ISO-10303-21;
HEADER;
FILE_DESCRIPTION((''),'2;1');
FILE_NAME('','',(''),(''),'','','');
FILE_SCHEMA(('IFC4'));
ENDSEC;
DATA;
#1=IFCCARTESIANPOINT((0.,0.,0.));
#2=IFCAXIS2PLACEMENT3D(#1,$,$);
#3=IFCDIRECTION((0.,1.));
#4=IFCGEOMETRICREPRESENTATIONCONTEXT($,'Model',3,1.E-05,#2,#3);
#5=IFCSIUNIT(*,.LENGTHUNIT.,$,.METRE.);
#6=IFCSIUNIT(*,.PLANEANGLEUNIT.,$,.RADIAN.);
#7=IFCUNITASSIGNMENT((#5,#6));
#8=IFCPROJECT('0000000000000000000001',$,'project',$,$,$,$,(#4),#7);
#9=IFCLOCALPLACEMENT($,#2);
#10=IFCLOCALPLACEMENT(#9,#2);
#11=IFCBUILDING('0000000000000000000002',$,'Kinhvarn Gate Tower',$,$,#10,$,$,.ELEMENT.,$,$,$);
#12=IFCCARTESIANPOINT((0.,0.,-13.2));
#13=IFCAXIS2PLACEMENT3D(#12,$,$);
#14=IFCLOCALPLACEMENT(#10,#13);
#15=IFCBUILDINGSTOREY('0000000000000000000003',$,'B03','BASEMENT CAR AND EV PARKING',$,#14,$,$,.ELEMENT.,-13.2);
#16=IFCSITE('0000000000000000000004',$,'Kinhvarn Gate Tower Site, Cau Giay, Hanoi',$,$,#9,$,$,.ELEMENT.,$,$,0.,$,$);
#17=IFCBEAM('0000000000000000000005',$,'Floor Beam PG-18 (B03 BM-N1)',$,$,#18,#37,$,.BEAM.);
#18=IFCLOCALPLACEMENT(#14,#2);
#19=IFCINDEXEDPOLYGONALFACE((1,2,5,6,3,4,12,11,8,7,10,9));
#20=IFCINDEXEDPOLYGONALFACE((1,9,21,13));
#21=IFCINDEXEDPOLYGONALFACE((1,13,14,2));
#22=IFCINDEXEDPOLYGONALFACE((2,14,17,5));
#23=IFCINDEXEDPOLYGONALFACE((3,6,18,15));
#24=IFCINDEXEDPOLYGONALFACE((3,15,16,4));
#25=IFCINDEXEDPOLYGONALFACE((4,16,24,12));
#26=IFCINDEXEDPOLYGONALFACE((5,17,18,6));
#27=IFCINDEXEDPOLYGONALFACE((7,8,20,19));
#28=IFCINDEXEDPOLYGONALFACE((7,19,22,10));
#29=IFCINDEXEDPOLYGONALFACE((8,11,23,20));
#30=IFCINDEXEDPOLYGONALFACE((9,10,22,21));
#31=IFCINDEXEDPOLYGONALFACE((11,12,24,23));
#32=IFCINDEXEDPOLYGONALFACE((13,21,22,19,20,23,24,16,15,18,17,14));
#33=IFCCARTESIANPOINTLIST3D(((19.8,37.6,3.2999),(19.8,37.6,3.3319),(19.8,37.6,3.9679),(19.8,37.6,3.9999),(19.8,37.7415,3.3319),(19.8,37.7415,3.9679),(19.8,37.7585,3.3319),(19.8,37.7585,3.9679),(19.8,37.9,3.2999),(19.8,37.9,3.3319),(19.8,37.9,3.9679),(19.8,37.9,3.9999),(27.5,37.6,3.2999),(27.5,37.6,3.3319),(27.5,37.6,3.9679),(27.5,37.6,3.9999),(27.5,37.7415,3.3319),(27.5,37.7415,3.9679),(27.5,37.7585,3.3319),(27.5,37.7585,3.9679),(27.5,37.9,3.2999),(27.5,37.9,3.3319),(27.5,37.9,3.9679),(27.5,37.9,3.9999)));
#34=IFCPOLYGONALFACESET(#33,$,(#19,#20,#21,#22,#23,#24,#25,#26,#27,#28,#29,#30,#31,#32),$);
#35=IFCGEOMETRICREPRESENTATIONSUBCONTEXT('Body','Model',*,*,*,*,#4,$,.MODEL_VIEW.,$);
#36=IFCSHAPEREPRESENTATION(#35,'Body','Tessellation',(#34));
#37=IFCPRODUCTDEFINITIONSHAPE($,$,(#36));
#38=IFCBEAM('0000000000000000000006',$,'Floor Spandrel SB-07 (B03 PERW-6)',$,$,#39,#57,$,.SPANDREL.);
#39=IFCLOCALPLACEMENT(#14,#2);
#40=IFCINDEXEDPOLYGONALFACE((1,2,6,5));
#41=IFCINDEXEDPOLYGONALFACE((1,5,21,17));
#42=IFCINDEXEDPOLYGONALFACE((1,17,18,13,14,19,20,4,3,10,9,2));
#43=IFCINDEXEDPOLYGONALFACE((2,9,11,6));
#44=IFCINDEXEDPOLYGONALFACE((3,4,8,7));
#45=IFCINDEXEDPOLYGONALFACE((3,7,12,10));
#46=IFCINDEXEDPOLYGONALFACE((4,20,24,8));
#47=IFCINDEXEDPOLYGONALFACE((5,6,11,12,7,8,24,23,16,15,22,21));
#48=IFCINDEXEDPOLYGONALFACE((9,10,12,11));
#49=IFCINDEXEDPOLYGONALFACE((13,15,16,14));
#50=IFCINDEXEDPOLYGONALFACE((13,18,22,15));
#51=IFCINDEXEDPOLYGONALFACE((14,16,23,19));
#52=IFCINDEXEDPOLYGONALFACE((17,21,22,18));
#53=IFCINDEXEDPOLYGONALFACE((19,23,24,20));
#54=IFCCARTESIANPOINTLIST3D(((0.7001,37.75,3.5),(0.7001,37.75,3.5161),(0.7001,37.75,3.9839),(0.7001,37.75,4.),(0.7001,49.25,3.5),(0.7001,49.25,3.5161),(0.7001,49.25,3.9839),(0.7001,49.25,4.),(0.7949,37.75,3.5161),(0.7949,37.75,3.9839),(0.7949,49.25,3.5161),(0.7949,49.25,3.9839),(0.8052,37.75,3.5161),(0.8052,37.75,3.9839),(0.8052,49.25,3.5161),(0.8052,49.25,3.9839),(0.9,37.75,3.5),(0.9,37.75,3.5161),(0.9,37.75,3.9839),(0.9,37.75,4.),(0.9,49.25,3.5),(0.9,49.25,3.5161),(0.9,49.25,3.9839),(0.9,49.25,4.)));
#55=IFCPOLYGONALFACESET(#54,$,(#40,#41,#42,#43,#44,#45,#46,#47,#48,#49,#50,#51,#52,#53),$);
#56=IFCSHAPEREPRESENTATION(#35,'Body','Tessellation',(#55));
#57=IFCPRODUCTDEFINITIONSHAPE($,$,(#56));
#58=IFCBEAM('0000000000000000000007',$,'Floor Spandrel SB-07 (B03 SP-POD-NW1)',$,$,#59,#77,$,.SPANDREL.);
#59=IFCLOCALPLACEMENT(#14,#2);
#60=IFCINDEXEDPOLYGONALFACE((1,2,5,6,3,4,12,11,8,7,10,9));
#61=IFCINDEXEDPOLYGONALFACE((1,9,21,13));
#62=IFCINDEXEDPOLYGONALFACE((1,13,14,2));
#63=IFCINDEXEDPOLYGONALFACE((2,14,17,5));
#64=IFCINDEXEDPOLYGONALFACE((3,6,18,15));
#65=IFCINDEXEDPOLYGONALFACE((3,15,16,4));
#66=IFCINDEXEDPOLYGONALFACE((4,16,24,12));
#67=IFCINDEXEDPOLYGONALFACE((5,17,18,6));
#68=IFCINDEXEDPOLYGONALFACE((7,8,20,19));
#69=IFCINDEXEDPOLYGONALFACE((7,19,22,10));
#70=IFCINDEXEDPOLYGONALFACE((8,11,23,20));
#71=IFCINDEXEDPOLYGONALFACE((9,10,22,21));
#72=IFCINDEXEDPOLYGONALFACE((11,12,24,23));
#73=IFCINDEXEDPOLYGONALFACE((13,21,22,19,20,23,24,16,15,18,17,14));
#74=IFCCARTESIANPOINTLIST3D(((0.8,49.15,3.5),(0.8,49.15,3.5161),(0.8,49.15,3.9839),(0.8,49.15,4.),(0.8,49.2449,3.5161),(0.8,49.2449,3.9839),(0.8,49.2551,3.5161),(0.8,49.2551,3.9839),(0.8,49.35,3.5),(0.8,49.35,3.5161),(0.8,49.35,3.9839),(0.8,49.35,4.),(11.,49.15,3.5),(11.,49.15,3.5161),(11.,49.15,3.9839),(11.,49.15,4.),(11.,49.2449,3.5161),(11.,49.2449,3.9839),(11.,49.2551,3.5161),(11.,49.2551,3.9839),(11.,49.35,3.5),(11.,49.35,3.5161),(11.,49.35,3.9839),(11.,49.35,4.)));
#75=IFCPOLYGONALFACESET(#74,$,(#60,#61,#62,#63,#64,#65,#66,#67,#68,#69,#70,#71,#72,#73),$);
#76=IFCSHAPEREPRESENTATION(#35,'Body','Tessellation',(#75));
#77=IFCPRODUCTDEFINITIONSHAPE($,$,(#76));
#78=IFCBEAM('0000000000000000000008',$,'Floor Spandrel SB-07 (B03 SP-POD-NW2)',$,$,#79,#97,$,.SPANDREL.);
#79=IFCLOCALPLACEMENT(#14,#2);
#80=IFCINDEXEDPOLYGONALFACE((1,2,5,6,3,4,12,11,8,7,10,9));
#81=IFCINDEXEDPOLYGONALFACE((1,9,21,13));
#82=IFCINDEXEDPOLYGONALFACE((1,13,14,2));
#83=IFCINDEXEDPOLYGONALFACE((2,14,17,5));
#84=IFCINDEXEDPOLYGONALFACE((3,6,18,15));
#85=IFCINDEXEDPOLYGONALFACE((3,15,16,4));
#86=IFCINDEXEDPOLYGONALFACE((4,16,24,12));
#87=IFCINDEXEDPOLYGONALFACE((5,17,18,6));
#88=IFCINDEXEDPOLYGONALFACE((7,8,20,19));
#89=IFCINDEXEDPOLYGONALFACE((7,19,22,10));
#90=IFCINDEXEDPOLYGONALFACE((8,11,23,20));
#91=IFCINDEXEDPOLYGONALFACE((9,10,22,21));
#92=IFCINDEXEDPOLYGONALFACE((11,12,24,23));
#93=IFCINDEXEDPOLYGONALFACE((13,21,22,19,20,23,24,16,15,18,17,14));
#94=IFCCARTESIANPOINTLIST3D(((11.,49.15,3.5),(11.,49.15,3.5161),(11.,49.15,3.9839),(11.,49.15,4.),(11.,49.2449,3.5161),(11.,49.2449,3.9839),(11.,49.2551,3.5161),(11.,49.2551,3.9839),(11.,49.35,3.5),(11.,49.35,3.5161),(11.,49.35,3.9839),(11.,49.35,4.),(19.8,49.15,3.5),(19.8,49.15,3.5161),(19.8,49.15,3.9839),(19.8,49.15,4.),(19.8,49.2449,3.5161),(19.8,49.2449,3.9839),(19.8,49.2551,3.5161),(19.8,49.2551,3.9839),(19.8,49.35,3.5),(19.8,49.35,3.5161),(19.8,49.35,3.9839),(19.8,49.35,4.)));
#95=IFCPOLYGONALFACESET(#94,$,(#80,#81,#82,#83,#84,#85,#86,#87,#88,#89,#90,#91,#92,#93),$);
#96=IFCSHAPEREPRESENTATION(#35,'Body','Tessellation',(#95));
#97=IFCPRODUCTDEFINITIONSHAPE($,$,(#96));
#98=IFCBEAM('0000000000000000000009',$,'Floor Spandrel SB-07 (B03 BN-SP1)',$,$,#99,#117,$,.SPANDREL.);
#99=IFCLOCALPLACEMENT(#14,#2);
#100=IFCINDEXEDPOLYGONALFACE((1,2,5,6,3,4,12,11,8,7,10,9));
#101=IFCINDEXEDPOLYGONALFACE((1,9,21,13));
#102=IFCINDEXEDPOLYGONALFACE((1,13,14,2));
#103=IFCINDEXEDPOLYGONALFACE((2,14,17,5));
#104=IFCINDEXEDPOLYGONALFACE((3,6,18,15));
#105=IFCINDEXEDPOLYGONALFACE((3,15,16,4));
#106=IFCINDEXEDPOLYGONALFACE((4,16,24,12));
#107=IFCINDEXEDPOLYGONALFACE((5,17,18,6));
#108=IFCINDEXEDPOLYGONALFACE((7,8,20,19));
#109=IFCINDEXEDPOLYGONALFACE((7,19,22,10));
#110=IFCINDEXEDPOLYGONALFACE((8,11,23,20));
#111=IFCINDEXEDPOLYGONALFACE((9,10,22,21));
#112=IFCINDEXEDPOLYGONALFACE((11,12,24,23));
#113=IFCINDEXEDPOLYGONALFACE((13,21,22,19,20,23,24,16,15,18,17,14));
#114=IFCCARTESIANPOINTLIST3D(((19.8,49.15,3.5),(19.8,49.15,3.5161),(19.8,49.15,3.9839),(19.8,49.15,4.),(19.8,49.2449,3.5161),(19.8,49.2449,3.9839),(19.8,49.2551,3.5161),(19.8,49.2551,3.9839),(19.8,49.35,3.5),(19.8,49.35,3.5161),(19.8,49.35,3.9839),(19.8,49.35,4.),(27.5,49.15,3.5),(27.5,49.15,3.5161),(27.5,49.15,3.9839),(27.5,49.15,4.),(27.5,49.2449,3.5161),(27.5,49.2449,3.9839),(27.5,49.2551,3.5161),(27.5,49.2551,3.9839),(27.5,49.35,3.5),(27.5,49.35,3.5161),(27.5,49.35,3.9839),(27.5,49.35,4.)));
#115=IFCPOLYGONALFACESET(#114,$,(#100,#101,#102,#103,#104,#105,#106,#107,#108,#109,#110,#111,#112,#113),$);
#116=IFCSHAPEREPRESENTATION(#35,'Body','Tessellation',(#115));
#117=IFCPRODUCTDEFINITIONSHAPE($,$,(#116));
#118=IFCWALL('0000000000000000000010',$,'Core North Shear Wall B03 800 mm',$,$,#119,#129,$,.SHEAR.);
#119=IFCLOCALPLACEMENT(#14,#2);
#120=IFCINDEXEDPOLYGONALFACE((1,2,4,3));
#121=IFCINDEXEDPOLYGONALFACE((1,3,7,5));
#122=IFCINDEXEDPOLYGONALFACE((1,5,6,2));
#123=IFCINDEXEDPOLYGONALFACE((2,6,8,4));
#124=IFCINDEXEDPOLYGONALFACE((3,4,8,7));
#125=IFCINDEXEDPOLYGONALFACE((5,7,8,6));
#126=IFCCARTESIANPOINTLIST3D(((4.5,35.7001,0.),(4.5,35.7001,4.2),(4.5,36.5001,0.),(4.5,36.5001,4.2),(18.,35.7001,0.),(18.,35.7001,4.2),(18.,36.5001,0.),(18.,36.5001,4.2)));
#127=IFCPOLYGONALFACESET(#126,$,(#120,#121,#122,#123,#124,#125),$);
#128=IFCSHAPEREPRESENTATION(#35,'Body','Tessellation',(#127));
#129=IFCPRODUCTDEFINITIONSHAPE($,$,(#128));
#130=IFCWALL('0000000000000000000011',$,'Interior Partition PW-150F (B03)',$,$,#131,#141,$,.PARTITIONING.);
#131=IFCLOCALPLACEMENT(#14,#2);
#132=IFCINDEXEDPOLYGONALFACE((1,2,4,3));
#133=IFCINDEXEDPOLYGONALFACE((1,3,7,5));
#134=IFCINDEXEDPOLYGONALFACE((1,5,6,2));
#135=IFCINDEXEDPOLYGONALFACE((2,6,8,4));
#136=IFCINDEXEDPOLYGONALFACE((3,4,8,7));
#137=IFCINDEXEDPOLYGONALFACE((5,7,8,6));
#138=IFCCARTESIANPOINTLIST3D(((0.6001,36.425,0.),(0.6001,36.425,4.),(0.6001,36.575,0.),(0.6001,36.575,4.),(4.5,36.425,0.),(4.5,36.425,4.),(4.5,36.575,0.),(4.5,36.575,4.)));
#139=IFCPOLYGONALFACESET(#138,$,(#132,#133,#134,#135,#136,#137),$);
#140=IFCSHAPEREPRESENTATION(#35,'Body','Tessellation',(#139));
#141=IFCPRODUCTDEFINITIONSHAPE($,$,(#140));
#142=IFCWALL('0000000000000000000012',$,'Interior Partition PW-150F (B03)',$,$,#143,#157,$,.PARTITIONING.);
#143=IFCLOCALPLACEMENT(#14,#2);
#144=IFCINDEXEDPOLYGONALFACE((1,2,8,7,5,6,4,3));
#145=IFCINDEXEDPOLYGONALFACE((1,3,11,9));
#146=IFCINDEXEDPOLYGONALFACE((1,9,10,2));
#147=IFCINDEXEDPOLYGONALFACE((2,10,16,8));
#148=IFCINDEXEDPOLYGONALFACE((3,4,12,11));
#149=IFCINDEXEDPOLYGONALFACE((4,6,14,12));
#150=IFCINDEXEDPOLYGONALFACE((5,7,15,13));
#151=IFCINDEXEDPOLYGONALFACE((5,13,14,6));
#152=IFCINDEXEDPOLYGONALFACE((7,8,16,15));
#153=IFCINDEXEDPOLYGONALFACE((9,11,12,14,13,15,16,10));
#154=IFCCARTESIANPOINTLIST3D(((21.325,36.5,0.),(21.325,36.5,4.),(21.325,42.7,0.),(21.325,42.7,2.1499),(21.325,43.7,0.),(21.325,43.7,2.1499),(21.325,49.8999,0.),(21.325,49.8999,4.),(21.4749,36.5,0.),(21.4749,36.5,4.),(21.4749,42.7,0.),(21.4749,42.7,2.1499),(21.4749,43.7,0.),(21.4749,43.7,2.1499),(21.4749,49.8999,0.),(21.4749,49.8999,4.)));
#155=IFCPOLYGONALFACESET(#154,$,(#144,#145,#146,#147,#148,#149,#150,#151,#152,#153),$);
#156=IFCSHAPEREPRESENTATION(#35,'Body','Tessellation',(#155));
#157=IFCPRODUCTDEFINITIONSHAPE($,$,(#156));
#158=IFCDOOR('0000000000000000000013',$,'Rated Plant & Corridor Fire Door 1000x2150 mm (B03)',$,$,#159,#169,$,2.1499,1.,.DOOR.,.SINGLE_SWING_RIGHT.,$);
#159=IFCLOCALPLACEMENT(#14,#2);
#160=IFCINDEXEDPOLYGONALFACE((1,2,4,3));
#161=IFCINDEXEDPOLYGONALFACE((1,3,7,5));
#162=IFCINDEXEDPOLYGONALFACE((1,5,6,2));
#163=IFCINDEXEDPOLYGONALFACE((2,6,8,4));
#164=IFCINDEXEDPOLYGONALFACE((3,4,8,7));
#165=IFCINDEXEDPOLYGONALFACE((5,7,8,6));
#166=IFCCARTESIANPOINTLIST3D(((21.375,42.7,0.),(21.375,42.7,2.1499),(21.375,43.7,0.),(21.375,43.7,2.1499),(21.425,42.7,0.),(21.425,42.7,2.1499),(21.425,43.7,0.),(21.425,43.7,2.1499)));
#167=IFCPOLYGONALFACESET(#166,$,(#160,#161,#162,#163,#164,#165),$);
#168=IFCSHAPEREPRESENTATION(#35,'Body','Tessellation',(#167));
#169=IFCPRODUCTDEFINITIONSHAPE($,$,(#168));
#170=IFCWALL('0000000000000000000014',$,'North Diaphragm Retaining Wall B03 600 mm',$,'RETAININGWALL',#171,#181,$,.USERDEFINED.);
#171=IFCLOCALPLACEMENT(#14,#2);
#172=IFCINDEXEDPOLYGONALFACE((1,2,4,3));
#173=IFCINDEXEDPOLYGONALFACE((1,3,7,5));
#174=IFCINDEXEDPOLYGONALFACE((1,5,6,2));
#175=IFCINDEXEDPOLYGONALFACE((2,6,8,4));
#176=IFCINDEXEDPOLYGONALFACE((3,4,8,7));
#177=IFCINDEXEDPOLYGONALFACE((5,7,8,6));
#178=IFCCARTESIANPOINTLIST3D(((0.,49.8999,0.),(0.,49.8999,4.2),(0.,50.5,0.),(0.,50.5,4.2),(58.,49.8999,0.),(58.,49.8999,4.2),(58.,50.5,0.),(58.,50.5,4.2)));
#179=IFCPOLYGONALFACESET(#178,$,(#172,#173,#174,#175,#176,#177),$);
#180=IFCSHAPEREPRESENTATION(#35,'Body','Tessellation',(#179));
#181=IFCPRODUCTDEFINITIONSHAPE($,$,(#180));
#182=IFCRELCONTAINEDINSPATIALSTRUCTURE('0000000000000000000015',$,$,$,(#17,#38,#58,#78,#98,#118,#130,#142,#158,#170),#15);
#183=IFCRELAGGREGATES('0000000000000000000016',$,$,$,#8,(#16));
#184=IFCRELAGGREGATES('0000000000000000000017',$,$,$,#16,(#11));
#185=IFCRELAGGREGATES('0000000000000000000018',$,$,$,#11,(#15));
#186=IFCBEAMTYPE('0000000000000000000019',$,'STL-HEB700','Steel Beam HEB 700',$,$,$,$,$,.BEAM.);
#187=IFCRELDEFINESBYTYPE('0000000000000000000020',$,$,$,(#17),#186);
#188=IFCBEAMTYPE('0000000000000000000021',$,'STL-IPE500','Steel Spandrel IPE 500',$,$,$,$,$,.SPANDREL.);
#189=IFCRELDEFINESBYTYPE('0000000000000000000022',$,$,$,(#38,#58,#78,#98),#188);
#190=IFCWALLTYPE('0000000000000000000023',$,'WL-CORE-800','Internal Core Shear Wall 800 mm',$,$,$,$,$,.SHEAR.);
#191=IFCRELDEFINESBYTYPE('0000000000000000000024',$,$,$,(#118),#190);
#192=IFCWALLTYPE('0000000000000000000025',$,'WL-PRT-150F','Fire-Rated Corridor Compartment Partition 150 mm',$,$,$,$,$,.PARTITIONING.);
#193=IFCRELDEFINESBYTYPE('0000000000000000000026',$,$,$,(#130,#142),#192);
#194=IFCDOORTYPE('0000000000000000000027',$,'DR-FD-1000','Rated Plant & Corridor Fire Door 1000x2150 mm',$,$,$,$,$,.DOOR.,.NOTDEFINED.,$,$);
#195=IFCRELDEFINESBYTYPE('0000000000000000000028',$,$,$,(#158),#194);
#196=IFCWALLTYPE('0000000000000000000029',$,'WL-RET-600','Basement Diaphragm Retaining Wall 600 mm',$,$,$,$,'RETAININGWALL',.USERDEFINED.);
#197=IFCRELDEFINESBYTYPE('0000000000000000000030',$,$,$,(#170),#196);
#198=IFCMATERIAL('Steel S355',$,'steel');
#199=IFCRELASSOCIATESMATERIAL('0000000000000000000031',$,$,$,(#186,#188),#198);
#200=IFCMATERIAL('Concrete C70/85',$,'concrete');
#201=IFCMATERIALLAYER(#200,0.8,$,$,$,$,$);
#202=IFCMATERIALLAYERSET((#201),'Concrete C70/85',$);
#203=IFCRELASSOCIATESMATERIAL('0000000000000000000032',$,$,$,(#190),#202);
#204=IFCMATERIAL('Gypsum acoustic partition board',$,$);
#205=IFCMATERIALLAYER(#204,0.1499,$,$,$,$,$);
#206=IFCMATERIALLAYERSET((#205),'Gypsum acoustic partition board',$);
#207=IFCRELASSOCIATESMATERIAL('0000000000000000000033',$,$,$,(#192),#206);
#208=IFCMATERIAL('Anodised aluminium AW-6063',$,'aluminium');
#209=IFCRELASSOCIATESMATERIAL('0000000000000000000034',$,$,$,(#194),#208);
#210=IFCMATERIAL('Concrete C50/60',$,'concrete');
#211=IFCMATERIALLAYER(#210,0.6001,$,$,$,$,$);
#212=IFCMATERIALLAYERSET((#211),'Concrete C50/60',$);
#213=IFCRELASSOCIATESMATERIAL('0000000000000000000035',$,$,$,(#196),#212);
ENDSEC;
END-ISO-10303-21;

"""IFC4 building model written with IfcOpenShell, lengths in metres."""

from ifc_helpers import new_model, si_unit, direction, frame, frame_2d, origin, origin_2d, place, context, subcontext, project, spatial, rectangle, i_section, extrude, material, layer, layer_set, material_profile, profile_set, type_object, element, fill, save


model = new_model("IFC4")

# Units and contexts
model_context = context("Model", 3, precision=1e-05, world=origin(), true_north=direction((0.0, 1.0)))
body_context = subcontext(model_context, "Body", "Model", "MODEL_VIEW")
ifc_project = project(units=[si_unit("LENGTHUNIT", "METRE"), si_unit("PLANEANGLEUNIT", "RADIAN")], contexts=[model_context])

# Site, building, storey
site_placement = place(None, origin())
site = spatial("IfcSite", under=ifc_project, at=site_placement, Name="Kinhvarn Gate Tower Site, Cau Giay, Hanoi", CompositionType="ELEMENT", RefElevation=0.0)
building_placement = place(site_placement, origin())
building = spatial("IfcBuilding", under=site, at=building_placement, Name="Kinhvarn Gate Tower", CompositionType="ELEMENT")
storey_placement = place(building_placement, frame((0.0, 0.0, -13.2)))
storey = spatial("IfcBuildingStorey", under=building, at=storey_placement, Name="B03", Description="BASEMENT CAR AND EV PARKING", CompositionType="ELEMENT", Elevation=-13.2)

# Shared definitions
ifc_material_1 = material(Name="Concrete C70/85", Category="concrete")

# Beams
ifc_material_2 = material(Name="Steel S355", Category="steel")
ifc_material_profile_1 = material_profile(ifc_material_2, i_section(OverallWidth=0.3, OverallDepth=0.7, WebThickness=0.0171, FlangeThickness=0.032, at=origin_2d()), Name="HEB 700")
ifc_profile_set_1 = profile_set([ifc_material_profile_1], Name="Steel S355")
beam_type_1 = type_object("IfcBeamType", Name="STL-HEB700", Description="Steel Beam HEB 700", PredefinedType="BEAM", material=ifc_profile_set_1)
beam_1_placement = place(storey_placement, frame((19.8, 37.75, 3.6499), z_axis=(1.0, 0.0, 0.0), x_axis=(0.0, 1.0, 0.0)))
element("IfcBeam", 1, at=beam_1_placement, inside=storey, type_object=beam_type_1, Name="Floor Beam PG-18 (B03 BM-N1)", PredefinedType="BEAM", context=body_context, shape_type="SweptSolid", body=[
    extrude(i_section(OverallWidth=0.3, OverallDepth=0.7, WebThickness=0.0171, FlangeThickness=0.032, at=origin_2d()), origin(), (0.0, 0.0, 1.0), 7.7),
])
ifc_material_profile_2 = material_profile(ifc_material_2, i_section(OverallWidth=0.2, OverallDepth=0.5, WebThickness=0.0103, FlangeThickness=0.0161, at=origin_2d()), Name="IPE 500")
ifc_profile_set_2 = profile_set([ifc_material_profile_2], Name="Steel S355")
beam_type_2 = type_object("IfcBeamType", Name="STL-IPE500", Description="Steel Spandrel IPE 500", PredefinedType="SPANDREL", material=ifc_profile_set_2)
beam_2_placement = place(storey_placement, frame((0.8, 37.75, 3.75), z_axis=(0.0, 1.0, 0.0), x_axis=(-1.0, 0.0, 0.0)))
element("IfcBeam", 2, at=beam_2_placement, inside=storey, type_object=beam_type_2, Name="Floor Spandrel SB-07 (B03 PERW-6)", PredefinedType="SPANDREL", context=body_context, shape_type="SweptSolid", body=[
    extrude(i_section(OverallWidth=0.2, OverallDepth=0.5, WebThickness=0.0103, FlangeThickness=0.0161, at=origin_2d()), origin(), (0.0, 0.0, 1.0), 11.5),
])
beam_3_placement = place(storey_placement, frame((0.8, 49.25, 3.75), z_axis=(1.0, 0.0, 0.0), x_axis=(0.0, 1.0, 0.0)))
element("IfcBeam", 3, at=beam_3_placement, inside=storey, type_object=beam_type_2, Name="Floor Spandrel SB-07 (B03 SP-POD-NW1)", PredefinedType="SPANDREL", context=body_context, shape_type="SweptSolid", body=[
    extrude(i_section(OverallWidth=0.2, OverallDepth=0.5, WebThickness=0.0103, FlangeThickness=0.0161, at=origin_2d()), origin(), (0.0, 0.0, 1.0), 10.2),
])
beam_4_placement = place(storey_placement, frame((11.0, 49.25, 3.75), z_axis=(1.0, 0.0, 0.0), x_axis=(0.0, 1.0, 0.0)))
element("IfcBeam", 4, at=beam_4_placement, inside=storey, type_object=beam_type_2, Name="Floor Spandrel SB-07 (B03 SP-POD-NW2)", PredefinedType="SPANDREL", context=body_context, shape_type="SweptSolid", body=[
    extrude(i_section(OverallWidth=0.2, OverallDepth=0.5, WebThickness=0.0103, FlangeThickness=0.0161, at=origin_2d()), origin(), (0.0, 0.0, 1.0), 8.8),
])
beam_5_placement = place(storey_placement, frame((19.8, 49.25, 3.75), z_axis=(1.0, 0.0, 0.0), x_axis=(0.0, 1.0, 0.0)))
element("IfcBeam", 5, at=beam_5_placement, inside=storey, type_object=beam_type_2, Name="Floor Spandrel SB-07 (B03 BN-SP1)", PredefinedType="SPANDREL", context=body_context, shape_type="SweptSolid", body=[
    extrude(i_section(OverallWidth=0.2, OverallDepth=0.5, WebThickness=0.0103, FlangeThickness=0.0161, at=origin_2d()), origin(), (0.0, 0.0, 1.0), 7.7),
])

# Walls
ifc_layer_1 = layer(ifc_material_1, 0.8)
ifc_layer_set_1 = layer_set([ifc_layer_1], Name="Concrete C70/85")
wall_type_1 = type_object("IfcWallType", Name="WL-CORE-800", Description="Internal Core Shear Wall 800 mm", PredefinedType="SHEAR", material=ifc_layer_set_1)
wall_1_placement = place(storey_placement, frame((4.5, 36.1001, 0.0), z_axis=(0.0, 0.0, 1.0), x_axis=(1.0, 0.0, 0.0)))
element("IfcWall", 6, at=wall_1_placement, inside=storey, type_object=wall_type_1, Name="Core North Shear Wall B03 800 mm", PredefinedType="SHEAR", context=body_context, shape_type="SweptSolid", body=[
    extrude(rectangle(XDim=13.5, YDim=0.8, at=frame_2d((6.75, 0.0))), origin(), (0.0, 0.0, 1.0), 4.2),
])
ifc_material_3 = material(Name="Gypsum acoustic partition board")
ifc_layer_2 = layer(ifc_material_3, 0.1499)
ifc_layer_set_2 = layer_set([ifc_layer_2], Name="Gypsum acoustic partition board")
wall_type_2 = type_object("IfcWallType", Name="WL-PRT-150F", Description="Fire-Rated Corridor Compartment Partition 150 mm", PredefinedType="PARTITIONING", material=ifc_layer_set_2)
wall_2_placement = place(storey_placement, frame((0.6001, 36.5, 0.0), z_axis=(0.0, 0.0, 1.0), x_axis=(1.0, 0.0, 0.0)))
element("IfcWall", 7, at=wall_2_placement, inside=storey, type_object=wall_type_2, Name="Interior Partition PW-150F (B03)", PredefinedType="PARTITIONING", context=body_context, shape_type="SweptSolid", body=[
    extrude(rectangle(XDim=3.8999, YDim=0.1499, at=frame_2d((1.95, 0.0))), origin(), (0.0, 0.0, 1.0), 4.0),
])

# Wall, opening, door
wall_3_placement = place(storey_placement, frame((21.3999, 36.5, 0.0), z_axis=(0.0, 0.0, 1.0), x_axis=(0.0, 1.0, 0.0)))
wall_3 = element("IfcWall", 8, at=wall_3_placement, inside=storey, type_object=wall_type_2, Name="Interior Partition PW-150F (B03)", PredefinedType="PARTITIONING", context=body_context, shape_type="SweptSolid", body=[
    extrude(rectangle(XDim=13.3999, YDim=0.1499, at=frame_2d((6.7, 0.0))), origin(), (0.0, 0.0, 1.0), 4.0),
])
opening_placement = place(wall_3_placement, frame((6.2, 0.0, 0.0)))
opening = element("IfcOpeningElement", 9, at=opening_placement, cuts=wall_3, PredefinedType="OPENING", context=body_context, shape_type="SweptSolid", body=[
    extrude(rectangle(XDim=1.0, YDim=2.1499, at=frame_2d((0.5, 1.075))), frame((0.0, 0.085, 0.0), z_axis=(0.0, -1.0, 0.0), x_axis=(1.0, 0.0, 0.0)), (0.0, 0.0, 1.0), 0.1699),
])
ifc_material_4 = material(Name="Anodised aluminium AW-6063", Category="aluminium")
door_type = type_object("IfcDoorType", Name="DR-FD-1000", Description="Rated Plant & Corridor Fire Door 1000x2150 mm", OperationType="NOTDEFINED", PredefinedType="DOOR", material=ifc_material_4)
door_placement = place(opening_placement, origin())
door = element("IfcDoor", 10, at=door_placement, inside=storey, type_object=door_type, Name="Rated Plant & Corridor Fire Door 1000x2150 mm (B03)", OperationType="SINGLE_SWING_RIGHT", OverallHeight=2.1499, OverallWidth=1.0, PredefinedType="DOOR", context=body_context, shape_type="SweptSolid", body=[
    extrude(rectangle(XDim=1.0, YDim=2.1499, at=frame_2d((0.5, 1.075))), frame((0.0, 0.0249, 0.0), z_axis=(0.0, -1.0, 0.0), x_axis=(1.0, 0.0, 0.0)), (0.0, 0.0, 1.0), 0.05),
])
fill(opening, door)

# Wall
ifc_material_5 = material(Name="Concrete C50/60", Category="concrete")
ifc_layer_3 = layer(ifc_material_5, 0.6001)
ifc_layer_set_3 = layer_set([ifc_layer_3], Name="Concrete C50/60")
wall_type_3 = type_object("IfcWallType", Name="WL-RET-600", Description="Basement Diaphragm Retaining Wall 600 mm", ElementType="RETAININGWALL", PredefinedType="USERDEFINED", material=ifc_layer_set_3)
wall_4_placement = place(storey_placement, frame((0.0, 50.2, 0.0), z_axis=(0.0, 0.0, 1.0), x_axis=(1.0, 0.0, 0.0)))
element("IfcWall", 11, at=wall_4_placement, inside=storey, type_object=wall_type_3, Name="North Diaphragm Retaining Wall B03 600 mm", ObjectType="RETAININGWALL", PredefinedType="USERDEFINED", context=body_context, shape_type="SweptSolid", body=[
    extrude(rectangle(XDim=58.0, YDim=0.6001, at=frame_2d((29.0, 0.0))), origin(), (0.0, 0.0, 1.0), 4.2),
])

save(model, "model.ifc")
